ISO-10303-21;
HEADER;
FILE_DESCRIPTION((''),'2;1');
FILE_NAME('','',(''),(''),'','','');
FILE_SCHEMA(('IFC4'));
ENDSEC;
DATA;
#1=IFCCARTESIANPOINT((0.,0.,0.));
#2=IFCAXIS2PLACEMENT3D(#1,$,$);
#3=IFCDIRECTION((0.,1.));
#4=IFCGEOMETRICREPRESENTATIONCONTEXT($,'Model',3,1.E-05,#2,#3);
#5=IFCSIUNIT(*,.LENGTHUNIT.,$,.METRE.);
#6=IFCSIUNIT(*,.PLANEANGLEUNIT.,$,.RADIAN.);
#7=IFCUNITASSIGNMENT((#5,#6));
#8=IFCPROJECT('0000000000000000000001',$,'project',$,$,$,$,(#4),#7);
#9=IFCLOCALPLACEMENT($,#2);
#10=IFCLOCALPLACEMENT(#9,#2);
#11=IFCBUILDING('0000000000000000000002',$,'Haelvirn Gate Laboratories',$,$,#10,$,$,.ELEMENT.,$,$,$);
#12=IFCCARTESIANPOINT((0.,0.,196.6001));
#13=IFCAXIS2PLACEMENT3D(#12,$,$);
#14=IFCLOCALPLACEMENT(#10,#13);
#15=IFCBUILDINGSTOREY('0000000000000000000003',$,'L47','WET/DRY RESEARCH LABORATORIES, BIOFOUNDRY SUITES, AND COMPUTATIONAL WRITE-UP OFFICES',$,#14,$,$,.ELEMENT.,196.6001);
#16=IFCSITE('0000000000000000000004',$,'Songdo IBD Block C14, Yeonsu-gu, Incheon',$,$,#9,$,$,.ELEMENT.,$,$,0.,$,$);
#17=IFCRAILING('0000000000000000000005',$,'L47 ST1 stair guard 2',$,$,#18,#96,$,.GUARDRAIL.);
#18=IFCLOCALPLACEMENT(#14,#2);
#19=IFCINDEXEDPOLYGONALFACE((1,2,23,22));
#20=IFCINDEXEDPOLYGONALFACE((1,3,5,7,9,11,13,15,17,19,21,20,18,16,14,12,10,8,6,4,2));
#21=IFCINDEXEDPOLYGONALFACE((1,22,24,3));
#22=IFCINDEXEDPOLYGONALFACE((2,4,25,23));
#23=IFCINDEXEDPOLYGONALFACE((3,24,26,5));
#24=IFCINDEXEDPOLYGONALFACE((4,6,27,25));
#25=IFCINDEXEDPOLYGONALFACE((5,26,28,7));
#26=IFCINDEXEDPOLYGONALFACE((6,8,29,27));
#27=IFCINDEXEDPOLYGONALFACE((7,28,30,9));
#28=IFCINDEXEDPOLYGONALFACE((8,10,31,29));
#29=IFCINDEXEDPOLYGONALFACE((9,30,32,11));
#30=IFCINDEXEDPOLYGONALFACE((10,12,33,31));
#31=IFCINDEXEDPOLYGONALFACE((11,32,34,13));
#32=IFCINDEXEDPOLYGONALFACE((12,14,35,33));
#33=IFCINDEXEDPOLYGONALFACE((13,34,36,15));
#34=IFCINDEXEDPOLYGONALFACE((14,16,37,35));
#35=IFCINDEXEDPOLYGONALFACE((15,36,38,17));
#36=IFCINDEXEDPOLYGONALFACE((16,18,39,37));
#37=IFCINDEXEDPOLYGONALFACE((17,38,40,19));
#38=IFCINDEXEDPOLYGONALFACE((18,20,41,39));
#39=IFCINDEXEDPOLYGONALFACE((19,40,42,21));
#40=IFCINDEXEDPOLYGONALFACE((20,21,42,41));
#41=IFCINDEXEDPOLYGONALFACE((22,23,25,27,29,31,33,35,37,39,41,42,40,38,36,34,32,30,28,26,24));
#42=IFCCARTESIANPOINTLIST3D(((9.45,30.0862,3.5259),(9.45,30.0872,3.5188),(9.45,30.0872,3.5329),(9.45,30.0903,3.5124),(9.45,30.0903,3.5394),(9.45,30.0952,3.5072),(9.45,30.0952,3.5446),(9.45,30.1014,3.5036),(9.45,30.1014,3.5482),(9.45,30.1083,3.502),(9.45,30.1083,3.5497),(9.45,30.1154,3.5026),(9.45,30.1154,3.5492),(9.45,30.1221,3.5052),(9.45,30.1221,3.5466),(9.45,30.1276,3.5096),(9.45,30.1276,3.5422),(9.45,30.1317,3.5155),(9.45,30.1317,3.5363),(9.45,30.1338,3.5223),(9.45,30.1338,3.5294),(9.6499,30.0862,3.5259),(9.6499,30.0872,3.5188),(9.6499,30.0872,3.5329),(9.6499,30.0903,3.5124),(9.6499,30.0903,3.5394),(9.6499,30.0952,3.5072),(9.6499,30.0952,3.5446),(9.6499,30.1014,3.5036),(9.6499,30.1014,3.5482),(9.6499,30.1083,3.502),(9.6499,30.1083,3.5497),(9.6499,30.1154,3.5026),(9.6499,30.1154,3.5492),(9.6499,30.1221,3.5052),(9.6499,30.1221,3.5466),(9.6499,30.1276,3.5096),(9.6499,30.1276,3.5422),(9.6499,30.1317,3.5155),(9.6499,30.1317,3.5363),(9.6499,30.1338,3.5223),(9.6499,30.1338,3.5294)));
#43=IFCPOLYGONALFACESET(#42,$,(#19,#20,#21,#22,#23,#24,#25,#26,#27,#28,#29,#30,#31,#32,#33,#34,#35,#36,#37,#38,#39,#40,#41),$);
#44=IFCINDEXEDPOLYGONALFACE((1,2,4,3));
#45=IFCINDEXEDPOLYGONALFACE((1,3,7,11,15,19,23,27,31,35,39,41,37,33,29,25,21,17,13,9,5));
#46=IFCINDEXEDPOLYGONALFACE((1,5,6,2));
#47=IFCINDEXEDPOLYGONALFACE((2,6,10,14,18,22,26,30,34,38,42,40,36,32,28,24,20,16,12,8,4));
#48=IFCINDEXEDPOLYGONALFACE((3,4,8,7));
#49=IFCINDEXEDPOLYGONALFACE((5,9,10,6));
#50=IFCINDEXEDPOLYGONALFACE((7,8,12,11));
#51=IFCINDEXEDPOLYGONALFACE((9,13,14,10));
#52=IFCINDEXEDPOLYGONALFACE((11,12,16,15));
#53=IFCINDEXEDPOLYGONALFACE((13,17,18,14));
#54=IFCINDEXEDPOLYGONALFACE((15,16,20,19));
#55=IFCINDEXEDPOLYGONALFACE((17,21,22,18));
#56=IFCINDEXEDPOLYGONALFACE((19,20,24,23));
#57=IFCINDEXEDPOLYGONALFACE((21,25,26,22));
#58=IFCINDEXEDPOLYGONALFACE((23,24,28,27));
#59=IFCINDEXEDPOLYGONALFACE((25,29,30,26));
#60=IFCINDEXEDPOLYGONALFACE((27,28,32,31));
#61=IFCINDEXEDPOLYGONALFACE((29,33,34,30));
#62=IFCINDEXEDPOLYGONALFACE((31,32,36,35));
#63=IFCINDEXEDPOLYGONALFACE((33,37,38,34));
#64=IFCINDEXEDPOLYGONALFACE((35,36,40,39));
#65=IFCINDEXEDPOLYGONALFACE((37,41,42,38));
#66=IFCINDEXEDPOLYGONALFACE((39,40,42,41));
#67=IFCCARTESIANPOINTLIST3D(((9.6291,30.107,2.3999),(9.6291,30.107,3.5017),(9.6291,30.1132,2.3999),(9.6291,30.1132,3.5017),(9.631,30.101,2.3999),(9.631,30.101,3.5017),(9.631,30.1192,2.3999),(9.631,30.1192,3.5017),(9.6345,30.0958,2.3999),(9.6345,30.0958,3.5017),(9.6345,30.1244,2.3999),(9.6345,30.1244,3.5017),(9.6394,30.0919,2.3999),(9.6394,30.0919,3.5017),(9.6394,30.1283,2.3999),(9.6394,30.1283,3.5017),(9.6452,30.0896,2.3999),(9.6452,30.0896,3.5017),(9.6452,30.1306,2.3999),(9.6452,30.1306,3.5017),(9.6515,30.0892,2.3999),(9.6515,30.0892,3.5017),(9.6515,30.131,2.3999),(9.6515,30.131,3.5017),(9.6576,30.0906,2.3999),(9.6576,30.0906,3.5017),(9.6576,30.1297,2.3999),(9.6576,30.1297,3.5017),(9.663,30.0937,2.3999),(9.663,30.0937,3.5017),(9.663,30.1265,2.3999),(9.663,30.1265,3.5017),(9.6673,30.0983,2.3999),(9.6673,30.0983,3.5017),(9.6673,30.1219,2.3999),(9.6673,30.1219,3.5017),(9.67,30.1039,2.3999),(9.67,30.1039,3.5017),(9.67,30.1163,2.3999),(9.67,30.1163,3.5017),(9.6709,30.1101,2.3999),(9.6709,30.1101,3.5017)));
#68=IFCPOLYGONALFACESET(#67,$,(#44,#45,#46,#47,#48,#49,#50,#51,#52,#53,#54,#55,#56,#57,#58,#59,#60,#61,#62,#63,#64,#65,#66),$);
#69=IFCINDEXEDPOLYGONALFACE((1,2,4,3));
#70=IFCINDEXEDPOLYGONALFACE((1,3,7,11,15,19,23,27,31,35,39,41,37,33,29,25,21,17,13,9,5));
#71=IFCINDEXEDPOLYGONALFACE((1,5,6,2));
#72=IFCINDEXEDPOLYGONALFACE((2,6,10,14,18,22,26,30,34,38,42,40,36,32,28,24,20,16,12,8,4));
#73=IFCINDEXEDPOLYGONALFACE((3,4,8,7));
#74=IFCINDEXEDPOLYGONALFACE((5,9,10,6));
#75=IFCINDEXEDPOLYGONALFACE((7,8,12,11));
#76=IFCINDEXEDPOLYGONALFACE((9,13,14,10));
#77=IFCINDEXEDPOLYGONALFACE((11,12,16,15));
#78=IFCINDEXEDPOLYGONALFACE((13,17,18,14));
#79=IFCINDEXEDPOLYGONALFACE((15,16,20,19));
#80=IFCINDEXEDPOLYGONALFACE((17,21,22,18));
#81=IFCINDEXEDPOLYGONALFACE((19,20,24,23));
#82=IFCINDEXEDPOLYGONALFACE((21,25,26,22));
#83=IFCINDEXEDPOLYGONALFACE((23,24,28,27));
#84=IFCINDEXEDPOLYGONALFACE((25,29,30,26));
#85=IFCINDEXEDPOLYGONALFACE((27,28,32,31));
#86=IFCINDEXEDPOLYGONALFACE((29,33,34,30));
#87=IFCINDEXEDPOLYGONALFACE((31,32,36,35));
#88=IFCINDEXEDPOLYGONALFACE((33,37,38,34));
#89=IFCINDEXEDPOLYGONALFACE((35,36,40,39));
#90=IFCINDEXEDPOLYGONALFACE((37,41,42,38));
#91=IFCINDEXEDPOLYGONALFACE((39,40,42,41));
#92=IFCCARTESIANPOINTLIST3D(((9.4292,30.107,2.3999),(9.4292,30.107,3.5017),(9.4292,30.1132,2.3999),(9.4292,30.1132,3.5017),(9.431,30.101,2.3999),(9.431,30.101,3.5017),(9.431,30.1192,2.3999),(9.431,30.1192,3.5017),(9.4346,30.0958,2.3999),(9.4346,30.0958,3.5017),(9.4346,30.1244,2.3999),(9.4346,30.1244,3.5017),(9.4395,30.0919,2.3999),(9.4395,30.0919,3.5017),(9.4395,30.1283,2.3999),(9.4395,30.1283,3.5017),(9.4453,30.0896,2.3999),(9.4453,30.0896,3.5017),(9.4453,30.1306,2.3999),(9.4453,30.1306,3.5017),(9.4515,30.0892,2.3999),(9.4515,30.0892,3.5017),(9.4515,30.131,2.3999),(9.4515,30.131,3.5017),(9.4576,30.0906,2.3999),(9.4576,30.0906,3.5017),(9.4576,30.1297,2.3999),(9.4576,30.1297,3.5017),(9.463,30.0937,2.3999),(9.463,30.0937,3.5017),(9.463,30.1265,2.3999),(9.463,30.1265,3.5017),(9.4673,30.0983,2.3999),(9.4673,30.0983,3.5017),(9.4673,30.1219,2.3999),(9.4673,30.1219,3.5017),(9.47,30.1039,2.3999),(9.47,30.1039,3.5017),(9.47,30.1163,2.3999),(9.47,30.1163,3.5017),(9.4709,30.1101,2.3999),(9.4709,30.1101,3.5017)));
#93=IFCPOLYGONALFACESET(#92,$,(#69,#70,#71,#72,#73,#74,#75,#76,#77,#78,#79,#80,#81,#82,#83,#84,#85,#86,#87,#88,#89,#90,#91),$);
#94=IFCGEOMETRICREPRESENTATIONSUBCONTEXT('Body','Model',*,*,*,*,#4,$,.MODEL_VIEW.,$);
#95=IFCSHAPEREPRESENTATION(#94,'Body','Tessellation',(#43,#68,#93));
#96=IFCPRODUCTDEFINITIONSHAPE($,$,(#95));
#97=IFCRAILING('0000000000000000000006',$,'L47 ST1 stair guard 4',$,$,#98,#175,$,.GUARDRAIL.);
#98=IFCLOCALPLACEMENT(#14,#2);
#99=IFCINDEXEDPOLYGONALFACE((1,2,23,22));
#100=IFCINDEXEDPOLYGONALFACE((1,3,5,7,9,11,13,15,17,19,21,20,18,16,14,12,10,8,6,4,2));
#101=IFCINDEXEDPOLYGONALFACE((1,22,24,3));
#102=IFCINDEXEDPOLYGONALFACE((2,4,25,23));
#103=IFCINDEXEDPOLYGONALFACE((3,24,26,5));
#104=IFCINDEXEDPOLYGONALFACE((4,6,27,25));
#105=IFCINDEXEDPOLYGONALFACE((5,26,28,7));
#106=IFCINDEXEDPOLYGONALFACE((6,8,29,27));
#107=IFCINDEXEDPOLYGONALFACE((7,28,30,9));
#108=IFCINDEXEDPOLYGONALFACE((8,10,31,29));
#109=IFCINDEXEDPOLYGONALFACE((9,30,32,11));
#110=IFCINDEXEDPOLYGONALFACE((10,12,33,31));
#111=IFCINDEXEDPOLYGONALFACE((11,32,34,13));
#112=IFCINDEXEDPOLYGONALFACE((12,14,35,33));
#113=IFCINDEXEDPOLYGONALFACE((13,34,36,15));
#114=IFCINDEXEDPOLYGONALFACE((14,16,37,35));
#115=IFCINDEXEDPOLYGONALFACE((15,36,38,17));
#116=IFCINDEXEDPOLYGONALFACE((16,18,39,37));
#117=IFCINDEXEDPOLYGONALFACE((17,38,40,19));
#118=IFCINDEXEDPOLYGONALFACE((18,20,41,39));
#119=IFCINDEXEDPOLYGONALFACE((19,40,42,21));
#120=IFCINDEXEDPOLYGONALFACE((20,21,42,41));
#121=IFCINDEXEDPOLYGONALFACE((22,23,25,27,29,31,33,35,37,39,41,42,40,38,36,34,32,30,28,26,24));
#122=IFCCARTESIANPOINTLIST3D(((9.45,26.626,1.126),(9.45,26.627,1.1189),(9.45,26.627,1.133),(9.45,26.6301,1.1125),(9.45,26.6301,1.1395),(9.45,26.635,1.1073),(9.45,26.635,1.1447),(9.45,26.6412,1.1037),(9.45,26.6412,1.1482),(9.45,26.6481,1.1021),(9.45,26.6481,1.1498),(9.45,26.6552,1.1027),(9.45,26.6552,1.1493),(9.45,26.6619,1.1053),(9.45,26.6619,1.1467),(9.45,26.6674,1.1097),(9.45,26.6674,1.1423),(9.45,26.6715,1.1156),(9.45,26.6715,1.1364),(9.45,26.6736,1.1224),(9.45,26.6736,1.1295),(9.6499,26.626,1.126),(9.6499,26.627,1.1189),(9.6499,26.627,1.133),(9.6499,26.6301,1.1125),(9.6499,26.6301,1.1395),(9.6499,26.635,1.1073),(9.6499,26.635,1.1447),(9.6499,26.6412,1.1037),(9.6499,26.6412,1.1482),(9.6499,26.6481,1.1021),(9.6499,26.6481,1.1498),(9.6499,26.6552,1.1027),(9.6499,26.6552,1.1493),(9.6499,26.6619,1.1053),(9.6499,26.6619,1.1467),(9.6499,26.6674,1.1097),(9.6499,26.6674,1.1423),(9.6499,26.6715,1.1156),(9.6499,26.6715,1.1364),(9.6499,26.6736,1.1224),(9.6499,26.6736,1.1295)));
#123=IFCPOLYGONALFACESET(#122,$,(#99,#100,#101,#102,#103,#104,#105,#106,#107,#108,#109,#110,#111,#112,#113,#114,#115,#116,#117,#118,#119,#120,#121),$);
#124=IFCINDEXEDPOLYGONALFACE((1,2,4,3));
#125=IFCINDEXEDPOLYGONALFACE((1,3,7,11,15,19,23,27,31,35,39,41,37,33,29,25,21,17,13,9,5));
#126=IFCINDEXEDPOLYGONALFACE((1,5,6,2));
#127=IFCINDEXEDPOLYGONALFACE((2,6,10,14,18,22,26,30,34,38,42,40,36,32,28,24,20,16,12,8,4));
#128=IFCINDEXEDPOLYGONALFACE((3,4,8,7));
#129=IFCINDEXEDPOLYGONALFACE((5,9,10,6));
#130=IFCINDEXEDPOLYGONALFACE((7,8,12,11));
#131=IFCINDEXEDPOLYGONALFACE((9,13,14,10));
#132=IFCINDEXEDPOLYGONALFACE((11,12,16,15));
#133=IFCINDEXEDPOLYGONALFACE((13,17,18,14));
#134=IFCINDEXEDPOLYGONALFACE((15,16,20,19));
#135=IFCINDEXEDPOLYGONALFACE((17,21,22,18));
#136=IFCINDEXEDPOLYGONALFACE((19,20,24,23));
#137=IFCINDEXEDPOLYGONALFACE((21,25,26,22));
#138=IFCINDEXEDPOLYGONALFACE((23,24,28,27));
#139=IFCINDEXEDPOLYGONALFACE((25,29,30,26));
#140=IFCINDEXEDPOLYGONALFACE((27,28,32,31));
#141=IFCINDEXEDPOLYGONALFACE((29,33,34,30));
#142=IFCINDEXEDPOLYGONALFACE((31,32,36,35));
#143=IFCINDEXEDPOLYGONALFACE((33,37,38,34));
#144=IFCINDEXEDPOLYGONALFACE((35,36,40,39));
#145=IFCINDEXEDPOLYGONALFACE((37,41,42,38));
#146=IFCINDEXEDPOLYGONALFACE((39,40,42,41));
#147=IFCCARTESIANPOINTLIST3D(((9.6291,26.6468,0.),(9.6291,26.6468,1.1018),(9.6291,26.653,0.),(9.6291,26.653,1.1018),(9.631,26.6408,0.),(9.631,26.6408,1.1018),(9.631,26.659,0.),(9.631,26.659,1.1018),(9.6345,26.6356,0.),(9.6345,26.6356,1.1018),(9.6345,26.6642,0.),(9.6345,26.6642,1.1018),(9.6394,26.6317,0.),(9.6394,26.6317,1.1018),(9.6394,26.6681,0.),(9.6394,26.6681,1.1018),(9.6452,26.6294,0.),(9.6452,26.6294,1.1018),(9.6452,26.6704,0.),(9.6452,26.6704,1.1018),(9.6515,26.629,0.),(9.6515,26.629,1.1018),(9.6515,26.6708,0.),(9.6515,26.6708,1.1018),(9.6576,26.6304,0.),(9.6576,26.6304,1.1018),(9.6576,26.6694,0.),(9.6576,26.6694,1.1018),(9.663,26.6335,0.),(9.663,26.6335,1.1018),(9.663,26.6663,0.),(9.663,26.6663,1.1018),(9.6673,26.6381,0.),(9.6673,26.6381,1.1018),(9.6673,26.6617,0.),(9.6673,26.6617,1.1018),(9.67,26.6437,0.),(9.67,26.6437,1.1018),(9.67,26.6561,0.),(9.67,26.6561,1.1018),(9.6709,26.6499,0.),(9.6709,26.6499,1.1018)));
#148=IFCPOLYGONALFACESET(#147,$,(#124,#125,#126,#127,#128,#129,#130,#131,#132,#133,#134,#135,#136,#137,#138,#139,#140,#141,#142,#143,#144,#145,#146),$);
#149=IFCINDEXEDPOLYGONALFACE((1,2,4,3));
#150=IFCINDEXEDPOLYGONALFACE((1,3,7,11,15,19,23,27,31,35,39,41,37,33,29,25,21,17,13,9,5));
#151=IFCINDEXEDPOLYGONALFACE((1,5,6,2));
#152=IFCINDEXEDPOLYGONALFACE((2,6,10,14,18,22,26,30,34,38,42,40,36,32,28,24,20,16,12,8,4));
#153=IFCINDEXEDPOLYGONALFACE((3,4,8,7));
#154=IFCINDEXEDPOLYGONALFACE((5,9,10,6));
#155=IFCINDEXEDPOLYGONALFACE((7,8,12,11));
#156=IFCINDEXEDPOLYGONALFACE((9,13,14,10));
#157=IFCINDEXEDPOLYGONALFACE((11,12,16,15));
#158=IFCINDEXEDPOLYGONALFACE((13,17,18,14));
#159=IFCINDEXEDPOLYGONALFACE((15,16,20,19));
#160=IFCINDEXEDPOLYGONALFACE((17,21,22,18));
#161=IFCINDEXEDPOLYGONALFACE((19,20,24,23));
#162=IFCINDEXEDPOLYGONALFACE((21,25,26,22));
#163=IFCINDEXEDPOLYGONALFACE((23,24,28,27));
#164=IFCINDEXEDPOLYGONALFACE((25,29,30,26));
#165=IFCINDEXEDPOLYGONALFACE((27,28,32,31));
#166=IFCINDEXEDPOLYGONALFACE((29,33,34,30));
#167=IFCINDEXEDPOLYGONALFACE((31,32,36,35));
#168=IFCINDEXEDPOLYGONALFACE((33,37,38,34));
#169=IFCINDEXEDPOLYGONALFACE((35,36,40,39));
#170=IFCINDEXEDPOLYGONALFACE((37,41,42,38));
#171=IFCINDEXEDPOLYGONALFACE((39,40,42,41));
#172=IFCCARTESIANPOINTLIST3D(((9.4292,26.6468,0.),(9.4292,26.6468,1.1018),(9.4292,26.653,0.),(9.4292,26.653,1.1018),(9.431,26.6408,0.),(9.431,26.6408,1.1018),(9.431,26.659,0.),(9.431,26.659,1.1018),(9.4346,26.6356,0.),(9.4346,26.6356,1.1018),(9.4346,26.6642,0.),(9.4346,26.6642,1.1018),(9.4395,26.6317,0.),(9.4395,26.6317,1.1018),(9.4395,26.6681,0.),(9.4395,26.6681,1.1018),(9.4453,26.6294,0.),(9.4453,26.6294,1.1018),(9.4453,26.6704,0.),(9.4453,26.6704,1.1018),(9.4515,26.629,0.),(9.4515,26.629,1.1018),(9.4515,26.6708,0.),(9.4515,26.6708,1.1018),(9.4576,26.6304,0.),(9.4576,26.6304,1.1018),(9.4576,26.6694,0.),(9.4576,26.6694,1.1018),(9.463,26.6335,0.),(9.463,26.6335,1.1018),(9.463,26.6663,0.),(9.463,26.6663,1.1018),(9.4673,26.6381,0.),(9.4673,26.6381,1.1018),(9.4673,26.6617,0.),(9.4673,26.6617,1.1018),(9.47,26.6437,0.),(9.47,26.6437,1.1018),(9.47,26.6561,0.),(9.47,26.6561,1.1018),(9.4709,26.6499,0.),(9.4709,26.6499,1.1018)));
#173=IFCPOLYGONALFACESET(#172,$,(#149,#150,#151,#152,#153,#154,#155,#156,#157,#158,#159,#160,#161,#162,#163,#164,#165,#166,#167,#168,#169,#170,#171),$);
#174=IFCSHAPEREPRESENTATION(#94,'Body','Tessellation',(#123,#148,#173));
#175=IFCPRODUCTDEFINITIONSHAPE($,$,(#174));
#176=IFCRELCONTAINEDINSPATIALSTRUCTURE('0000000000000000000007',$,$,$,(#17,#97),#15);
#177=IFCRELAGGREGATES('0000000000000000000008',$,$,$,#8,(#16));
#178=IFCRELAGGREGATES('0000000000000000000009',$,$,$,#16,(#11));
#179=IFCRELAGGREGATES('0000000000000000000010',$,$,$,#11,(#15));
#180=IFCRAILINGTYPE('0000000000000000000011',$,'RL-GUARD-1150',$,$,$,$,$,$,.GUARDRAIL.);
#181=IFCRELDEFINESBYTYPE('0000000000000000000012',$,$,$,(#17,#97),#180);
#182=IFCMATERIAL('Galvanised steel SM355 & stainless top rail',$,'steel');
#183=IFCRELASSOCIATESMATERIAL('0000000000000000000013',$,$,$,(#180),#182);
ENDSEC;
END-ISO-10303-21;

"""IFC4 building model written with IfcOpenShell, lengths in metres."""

from ifc_helpers import new_model, si_unit, direction, frame, origin, origin_2d, place, context, subcontext, project, spatial, circle, extrude, source, transform, mapped, material, type_object, element, save


model = new_model("IFC4")

# Units and contexts
model_context = context("Model", 3, precision=1e-05, world=origin(), true_north=direction((0.0, 1.0)))
body_context = subcontext(model_context, "Body", "Model", "MODEL_VIEW")
ifc_project = project(units=[si_unit("LENGTHUNIT", "METRE"), si_unit("PLANEANGLEUNIT", "RADIAN")], contexts=[model_context])

# Site, building, storey
site_placement = place(None, origin())
site = spatial("IfcSite", under=ifc_project, at=site_placement, Name="Songdo IBD Block C14, Yeonsu-gu, Incheon", CompositionType="ELEMENT", RefElevation=0.0)
building_placement = place(site_placement, origin())
building = spatial("IfcBuilding", under=site, at=building_placement, Name="Haelvirn Gate Laboratories", CompositionType="ELEMENT")
storey_placement = place(building_placement, frame((0.0, 0.0, 196.6001)))
storey = spatial("IfcBuildingStorey", under=building, at=storey_placement, Name="L47", Description="WET/DRY RESEARCH LABORATORIES, BIOFOUNDRY SUITES, AND COMPUTATIONAL WRITE-UP OFFICES", CompositionType="ELEMENT", Elevation=196.6001)

# Railings
ifc_material_1 = material(Name="Galvanised steel SM355 & stainless top rail", Category="steel")
railing_type_1 = type_object("IfcRailingType", Name="RL-GUARD-1150", PredefinedType="GUARDRAIL", material=ifc_material_1)
shared_shape_1 = source(origin(), body_context, "Body", "SweptSolid", [
    extrude(circle(Radius=0.0239, at=origin_2d()), frame((0.0, 0.0, 1.126), z_axis=(-1.0, 0.0, 0.0), x_axis=(0.0, -1.0, 0.0)), (0.0, 0.0, 1.0), 0.2),
    extrude(circle(Radius=0.021, at=origin_2d()), origin(), (0.0, 0.0, 1.0), 1.1018),
    extrude(circle(Radius=0.021, at=origin_2d()), frame((-0.2, 0.0, 0.0)), (0.0, 0.0, 1.0), 1.1018),
])
for number, where, name in (
    (1, (9.6499, 30.1101, 2.3999), "L47 ST1 stair guard 2"),
    (2, (9.6499, 26.6499, 0.0), "L47 ST1 stair guard 4"),
):
    element("IfcRailing", number, at=place(storey_placement, frame(where)), inside=storey, type_object=railing_type_1, Name=name, PredefinedType="GUARDRAIL", context=body_context, shape_type="MappedRepresentation", body=[
        mapped(shared_shape_1, transform((0.0, 0.0, 0.0), scale=1.0)),
    ])

save(model, "model.ifc")
